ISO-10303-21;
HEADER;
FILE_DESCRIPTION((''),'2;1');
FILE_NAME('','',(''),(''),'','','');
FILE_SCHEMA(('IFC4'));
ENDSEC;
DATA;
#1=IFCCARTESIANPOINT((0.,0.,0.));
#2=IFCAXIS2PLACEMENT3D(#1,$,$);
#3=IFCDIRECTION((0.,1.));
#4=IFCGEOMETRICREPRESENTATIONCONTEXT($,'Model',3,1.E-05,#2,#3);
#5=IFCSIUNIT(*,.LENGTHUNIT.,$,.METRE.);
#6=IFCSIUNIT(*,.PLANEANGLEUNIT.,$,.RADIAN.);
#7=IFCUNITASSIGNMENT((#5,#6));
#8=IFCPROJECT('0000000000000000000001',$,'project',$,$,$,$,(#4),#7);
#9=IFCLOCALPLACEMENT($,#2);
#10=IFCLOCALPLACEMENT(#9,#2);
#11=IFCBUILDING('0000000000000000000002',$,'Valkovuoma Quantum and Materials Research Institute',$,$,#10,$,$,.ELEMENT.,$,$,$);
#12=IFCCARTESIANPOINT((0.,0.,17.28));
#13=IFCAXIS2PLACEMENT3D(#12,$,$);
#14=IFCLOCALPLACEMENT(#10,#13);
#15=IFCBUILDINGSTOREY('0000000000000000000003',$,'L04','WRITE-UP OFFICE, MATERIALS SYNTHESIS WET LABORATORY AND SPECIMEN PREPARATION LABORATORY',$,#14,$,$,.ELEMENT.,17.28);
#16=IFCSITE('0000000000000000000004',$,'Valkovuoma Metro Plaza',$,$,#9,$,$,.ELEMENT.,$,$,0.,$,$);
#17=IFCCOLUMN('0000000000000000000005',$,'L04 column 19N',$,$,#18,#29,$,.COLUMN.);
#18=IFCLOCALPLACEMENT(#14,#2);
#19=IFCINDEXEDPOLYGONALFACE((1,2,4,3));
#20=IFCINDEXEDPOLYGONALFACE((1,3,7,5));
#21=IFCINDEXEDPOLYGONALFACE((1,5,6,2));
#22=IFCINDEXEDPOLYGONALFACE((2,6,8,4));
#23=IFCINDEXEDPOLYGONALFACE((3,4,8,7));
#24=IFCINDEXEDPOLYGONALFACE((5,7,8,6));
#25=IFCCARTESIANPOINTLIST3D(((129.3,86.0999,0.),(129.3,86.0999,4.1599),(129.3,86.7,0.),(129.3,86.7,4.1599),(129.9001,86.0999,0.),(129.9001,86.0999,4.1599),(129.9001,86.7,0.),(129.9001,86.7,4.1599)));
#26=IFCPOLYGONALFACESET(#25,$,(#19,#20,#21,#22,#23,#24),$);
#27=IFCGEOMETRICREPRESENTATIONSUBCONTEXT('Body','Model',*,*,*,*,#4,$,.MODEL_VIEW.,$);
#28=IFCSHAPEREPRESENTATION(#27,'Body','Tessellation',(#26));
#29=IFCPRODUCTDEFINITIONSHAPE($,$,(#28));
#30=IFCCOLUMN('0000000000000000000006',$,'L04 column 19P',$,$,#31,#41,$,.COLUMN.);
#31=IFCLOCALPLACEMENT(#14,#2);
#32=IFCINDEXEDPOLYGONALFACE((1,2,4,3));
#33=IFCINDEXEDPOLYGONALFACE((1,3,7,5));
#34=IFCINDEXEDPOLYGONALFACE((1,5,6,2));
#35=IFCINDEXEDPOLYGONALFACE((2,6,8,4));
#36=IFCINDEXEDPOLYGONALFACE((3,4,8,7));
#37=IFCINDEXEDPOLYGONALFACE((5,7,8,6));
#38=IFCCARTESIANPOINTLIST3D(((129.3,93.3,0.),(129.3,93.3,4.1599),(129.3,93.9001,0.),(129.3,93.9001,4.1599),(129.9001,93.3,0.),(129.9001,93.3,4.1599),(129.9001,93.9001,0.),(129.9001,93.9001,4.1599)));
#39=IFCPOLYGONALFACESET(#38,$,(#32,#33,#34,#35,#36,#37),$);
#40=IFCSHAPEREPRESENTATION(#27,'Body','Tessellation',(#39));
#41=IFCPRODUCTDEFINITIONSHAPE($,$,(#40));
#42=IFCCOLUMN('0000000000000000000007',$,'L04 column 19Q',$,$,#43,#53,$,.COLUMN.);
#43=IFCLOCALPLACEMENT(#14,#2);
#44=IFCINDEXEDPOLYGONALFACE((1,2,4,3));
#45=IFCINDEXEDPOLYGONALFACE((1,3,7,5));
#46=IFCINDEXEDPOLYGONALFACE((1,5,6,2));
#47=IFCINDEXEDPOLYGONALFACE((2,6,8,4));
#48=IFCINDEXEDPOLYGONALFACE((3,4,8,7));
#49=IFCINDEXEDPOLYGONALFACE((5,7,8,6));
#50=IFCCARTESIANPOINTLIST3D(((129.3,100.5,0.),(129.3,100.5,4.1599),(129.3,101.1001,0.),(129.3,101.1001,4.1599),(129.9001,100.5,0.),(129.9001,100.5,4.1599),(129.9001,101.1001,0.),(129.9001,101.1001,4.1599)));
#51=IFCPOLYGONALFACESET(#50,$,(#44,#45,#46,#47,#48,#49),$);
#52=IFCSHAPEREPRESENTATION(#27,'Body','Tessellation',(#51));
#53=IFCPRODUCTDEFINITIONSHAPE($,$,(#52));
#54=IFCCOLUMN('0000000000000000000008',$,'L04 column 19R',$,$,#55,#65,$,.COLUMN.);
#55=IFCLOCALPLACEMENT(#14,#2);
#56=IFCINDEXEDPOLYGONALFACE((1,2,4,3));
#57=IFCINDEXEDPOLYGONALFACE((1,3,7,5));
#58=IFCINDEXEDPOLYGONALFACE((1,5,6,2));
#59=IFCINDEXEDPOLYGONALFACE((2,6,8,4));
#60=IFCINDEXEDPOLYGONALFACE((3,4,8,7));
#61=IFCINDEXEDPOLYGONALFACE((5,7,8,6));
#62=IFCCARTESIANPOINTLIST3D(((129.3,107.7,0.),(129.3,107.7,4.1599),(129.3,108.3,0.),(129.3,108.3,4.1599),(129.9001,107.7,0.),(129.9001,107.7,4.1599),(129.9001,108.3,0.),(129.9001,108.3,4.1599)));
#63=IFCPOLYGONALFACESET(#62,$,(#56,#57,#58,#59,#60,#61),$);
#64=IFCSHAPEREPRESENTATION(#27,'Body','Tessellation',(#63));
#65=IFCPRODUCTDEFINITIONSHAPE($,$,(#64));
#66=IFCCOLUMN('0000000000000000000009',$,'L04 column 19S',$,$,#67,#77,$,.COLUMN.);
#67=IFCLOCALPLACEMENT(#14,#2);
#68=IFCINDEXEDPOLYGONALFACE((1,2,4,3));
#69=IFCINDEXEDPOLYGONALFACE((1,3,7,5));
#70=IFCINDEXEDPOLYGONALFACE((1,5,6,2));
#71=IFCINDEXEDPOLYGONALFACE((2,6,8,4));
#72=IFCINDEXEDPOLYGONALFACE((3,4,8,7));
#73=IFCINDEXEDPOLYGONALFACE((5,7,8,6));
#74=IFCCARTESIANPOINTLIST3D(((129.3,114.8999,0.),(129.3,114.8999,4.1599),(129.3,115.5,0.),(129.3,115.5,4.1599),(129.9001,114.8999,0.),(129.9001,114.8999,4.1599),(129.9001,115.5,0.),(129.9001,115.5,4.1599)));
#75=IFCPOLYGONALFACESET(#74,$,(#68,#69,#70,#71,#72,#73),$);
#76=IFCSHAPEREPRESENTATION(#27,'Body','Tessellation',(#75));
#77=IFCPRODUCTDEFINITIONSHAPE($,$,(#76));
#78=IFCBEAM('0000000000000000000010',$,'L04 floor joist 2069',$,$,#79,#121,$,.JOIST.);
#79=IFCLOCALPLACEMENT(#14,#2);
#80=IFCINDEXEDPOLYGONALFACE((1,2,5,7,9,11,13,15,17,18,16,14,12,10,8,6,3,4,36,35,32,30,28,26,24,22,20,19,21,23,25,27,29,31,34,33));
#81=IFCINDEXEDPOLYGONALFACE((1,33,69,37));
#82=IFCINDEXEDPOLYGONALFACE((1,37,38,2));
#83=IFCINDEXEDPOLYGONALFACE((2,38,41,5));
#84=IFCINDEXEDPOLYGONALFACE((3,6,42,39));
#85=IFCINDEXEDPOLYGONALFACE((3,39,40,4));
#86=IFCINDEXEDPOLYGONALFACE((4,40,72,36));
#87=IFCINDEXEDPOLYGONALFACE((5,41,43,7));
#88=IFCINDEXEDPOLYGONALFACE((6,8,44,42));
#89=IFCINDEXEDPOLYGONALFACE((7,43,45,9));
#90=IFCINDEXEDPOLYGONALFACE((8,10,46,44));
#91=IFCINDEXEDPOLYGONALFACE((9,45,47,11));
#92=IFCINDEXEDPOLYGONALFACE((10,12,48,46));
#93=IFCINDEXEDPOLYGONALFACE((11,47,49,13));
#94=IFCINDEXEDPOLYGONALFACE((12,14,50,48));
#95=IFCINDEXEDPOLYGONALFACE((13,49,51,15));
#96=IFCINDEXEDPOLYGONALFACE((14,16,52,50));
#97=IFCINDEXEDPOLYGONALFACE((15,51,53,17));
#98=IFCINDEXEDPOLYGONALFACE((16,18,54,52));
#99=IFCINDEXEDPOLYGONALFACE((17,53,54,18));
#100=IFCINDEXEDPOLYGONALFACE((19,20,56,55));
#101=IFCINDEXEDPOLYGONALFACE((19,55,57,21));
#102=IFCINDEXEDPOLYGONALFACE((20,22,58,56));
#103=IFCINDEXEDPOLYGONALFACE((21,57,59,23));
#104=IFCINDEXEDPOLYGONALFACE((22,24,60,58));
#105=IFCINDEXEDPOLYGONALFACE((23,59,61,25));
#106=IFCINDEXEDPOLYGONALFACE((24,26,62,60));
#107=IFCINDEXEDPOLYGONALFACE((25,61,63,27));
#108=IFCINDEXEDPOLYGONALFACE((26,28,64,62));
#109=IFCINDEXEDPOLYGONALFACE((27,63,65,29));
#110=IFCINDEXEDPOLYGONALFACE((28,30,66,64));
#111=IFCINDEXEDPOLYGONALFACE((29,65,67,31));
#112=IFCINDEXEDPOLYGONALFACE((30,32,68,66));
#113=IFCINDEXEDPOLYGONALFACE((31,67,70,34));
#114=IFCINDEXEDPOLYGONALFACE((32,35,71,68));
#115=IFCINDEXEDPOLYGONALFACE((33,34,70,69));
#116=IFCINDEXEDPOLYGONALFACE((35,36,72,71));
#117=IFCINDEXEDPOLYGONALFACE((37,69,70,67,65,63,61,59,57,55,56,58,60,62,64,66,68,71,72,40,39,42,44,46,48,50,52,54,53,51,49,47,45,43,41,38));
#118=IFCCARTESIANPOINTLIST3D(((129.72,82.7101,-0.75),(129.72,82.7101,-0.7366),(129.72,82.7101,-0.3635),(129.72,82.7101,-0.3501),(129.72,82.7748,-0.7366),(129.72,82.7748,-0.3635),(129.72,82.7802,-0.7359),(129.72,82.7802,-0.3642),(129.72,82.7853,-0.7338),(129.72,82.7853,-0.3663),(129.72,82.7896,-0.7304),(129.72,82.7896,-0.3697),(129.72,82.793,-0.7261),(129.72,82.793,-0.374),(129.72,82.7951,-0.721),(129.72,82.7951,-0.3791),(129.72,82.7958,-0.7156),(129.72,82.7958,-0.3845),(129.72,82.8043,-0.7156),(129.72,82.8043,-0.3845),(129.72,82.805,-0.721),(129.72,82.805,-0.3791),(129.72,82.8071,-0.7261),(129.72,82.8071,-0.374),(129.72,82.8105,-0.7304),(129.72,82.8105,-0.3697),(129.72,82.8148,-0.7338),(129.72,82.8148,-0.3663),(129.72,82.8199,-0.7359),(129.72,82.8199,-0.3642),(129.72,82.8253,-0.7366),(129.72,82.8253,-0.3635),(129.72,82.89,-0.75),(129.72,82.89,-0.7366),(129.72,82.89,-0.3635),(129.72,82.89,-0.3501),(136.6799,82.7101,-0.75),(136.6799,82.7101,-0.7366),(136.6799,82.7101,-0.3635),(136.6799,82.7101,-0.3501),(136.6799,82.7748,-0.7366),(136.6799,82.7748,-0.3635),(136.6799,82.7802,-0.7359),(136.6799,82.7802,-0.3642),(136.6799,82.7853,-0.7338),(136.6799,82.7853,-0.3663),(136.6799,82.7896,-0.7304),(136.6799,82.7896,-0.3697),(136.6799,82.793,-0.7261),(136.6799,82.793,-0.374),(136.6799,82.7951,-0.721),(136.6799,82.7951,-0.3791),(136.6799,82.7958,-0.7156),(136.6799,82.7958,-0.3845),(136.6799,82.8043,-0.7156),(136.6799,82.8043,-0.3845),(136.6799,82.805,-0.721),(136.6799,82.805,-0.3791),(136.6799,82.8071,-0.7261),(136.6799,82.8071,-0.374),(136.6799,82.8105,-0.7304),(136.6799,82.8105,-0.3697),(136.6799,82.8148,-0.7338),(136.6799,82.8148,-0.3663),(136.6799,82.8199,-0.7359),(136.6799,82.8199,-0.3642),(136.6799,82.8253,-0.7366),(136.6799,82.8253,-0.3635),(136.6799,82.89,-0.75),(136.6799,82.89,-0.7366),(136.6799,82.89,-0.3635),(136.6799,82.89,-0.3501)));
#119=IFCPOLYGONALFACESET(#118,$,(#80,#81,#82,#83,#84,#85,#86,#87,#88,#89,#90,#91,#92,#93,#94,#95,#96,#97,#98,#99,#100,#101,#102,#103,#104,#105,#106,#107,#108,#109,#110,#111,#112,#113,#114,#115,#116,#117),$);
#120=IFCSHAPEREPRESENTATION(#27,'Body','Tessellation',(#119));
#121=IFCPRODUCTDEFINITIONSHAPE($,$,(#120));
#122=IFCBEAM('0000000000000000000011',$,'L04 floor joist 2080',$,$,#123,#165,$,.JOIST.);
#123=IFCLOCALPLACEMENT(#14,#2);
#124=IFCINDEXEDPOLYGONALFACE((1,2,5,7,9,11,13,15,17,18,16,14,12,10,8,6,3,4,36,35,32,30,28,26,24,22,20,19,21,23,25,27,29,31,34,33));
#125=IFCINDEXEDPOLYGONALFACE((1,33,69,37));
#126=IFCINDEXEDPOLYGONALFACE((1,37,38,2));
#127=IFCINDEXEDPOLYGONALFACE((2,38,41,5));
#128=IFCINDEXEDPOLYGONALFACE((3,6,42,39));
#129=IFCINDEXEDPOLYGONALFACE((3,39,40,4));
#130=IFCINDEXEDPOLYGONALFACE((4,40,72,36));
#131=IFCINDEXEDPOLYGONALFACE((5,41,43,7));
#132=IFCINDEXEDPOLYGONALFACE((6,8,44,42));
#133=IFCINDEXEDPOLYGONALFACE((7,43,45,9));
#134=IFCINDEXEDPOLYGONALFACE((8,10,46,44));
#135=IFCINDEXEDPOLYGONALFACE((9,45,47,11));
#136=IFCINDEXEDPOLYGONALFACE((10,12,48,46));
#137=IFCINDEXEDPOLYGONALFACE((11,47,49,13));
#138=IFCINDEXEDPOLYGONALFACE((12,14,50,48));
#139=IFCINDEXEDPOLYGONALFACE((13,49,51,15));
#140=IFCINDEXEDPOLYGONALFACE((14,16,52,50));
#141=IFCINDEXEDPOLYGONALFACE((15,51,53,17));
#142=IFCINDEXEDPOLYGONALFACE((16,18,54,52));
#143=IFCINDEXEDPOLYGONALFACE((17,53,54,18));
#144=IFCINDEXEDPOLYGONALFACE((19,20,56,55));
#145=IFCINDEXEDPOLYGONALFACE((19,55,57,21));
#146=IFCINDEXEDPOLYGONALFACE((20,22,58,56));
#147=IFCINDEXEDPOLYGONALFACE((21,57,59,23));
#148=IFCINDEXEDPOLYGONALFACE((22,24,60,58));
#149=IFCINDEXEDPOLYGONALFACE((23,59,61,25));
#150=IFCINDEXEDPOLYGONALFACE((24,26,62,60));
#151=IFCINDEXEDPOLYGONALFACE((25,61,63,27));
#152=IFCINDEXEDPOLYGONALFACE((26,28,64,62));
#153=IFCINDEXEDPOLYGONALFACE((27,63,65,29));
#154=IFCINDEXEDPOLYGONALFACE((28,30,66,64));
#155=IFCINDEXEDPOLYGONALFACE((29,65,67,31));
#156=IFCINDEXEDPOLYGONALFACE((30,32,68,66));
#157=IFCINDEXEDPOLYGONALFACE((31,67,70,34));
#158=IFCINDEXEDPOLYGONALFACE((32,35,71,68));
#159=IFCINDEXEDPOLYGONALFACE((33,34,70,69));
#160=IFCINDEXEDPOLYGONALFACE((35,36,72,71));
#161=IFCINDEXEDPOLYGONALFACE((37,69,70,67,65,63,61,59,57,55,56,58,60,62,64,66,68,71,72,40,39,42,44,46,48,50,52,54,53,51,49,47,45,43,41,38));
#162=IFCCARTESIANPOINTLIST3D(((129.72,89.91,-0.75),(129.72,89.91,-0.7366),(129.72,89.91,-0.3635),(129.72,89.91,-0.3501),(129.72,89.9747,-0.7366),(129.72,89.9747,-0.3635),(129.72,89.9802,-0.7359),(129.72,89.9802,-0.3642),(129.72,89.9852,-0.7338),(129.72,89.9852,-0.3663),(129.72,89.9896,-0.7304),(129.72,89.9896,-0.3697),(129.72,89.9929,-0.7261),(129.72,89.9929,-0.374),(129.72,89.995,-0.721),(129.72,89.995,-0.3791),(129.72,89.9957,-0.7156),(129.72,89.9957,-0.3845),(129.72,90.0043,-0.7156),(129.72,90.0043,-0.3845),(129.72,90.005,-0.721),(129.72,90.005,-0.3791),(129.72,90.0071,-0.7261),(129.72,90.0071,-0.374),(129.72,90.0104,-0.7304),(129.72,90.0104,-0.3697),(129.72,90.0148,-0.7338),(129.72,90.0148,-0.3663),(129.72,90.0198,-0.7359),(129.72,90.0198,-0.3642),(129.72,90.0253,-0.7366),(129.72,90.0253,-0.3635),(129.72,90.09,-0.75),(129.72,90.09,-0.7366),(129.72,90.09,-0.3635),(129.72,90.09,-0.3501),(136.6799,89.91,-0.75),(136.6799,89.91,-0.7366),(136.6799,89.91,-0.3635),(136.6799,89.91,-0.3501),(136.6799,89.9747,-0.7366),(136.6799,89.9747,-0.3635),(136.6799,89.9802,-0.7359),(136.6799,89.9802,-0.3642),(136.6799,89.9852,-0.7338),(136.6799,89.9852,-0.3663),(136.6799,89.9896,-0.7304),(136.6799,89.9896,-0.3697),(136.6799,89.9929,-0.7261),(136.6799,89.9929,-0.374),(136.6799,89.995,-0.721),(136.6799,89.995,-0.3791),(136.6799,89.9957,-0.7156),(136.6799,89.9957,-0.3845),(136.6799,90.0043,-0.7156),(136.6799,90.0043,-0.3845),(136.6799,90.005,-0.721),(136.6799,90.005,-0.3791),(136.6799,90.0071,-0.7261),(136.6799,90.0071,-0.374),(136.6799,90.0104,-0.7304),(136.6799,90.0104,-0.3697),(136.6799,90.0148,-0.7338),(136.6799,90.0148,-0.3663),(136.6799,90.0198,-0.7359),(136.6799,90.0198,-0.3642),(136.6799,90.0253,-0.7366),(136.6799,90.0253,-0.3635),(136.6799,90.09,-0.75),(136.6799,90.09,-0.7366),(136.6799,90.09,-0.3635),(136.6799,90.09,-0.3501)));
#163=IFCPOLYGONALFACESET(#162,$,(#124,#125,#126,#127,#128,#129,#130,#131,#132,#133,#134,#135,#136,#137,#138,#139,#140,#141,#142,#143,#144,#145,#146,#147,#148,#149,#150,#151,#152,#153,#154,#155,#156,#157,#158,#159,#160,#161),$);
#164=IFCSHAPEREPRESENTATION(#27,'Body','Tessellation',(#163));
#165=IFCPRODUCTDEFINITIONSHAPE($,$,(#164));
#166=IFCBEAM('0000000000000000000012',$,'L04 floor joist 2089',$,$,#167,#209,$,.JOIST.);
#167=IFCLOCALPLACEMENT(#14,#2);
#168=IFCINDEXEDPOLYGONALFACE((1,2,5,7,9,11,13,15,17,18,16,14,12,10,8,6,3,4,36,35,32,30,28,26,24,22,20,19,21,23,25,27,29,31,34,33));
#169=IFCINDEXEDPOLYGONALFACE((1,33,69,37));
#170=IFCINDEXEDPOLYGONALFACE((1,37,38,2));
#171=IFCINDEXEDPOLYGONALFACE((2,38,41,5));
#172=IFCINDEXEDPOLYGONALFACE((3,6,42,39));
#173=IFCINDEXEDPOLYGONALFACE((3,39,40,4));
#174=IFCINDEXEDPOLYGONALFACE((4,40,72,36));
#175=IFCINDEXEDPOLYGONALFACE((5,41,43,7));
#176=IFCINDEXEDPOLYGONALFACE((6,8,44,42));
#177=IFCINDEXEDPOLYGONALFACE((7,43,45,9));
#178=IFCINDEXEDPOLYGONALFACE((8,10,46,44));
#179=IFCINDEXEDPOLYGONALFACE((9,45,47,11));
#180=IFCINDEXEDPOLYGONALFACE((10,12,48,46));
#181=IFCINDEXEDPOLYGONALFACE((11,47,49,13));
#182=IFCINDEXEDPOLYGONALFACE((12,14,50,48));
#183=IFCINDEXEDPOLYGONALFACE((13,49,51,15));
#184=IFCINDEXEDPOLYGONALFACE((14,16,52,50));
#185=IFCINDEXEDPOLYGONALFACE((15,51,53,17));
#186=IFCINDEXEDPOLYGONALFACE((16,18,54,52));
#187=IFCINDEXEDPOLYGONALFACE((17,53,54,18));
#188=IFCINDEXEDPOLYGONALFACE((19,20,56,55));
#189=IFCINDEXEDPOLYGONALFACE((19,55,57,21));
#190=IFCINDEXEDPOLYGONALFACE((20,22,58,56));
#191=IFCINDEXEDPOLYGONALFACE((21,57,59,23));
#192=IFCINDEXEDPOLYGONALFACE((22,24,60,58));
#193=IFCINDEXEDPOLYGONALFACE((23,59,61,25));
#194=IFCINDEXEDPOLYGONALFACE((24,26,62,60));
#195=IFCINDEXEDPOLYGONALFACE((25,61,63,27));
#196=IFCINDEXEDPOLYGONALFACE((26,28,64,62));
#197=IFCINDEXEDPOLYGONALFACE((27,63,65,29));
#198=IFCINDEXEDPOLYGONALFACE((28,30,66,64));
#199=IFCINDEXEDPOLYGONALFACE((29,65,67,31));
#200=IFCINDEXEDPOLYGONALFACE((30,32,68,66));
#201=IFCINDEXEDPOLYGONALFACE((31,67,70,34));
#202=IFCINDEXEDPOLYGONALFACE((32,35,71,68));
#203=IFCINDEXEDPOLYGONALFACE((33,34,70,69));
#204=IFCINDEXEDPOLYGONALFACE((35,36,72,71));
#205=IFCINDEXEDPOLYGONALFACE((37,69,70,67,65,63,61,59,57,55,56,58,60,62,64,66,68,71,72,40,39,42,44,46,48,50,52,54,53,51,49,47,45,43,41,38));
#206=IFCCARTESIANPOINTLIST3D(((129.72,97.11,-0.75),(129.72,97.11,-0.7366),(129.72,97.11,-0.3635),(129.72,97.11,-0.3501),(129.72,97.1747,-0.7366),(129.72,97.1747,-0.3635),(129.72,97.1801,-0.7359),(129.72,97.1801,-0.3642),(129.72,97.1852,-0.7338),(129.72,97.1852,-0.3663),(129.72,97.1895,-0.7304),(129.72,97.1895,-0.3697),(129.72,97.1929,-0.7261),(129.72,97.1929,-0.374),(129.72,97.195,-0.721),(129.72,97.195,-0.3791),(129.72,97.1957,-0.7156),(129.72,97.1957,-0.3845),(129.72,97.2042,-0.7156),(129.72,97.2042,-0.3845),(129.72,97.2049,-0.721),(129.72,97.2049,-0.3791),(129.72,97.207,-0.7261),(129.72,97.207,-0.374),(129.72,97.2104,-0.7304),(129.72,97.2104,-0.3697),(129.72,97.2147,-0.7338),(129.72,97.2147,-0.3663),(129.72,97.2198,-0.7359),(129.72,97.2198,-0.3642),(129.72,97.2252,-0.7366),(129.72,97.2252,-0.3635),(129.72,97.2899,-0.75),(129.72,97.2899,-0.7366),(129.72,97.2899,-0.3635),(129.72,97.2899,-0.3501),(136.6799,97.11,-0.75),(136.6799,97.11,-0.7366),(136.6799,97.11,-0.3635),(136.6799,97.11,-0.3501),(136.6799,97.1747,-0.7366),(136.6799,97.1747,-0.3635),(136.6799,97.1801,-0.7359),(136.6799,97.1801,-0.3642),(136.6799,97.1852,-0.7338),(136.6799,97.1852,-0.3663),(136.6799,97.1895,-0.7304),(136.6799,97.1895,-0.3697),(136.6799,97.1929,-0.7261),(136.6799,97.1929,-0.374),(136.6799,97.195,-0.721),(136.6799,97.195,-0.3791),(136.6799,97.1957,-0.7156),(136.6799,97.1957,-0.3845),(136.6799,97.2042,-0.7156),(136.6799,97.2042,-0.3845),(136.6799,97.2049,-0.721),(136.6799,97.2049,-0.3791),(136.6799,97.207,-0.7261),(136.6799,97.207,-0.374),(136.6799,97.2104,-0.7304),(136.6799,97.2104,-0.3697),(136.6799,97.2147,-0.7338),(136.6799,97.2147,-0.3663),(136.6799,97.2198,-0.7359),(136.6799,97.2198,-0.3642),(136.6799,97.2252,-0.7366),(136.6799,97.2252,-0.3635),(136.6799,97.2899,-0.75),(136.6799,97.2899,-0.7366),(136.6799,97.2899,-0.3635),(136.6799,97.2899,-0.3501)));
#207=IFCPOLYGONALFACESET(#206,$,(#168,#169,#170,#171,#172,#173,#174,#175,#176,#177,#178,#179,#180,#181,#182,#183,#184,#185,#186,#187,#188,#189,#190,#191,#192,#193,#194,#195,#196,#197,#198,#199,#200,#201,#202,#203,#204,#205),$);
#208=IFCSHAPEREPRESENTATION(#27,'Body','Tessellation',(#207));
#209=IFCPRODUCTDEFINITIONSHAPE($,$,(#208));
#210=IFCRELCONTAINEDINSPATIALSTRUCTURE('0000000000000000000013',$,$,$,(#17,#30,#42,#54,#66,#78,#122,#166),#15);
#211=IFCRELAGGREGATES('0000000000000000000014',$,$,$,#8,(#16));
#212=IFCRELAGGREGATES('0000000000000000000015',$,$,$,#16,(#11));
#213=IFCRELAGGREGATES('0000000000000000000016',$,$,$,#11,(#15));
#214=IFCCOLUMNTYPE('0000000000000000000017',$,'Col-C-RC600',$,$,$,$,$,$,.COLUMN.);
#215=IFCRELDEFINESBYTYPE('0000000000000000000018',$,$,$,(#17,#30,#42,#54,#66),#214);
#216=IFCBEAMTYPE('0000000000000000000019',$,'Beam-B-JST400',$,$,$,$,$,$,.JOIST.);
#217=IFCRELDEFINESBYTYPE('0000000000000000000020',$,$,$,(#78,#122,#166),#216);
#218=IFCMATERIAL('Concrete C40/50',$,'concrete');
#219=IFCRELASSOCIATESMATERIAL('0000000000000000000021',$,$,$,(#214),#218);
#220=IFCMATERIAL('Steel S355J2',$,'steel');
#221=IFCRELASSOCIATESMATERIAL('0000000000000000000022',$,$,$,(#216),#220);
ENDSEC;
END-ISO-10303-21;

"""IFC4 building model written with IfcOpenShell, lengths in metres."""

from ifc_helpers import new_model, si_unit, direction, frame, origin, origin_2d, place, context, subcontext, project, spatial, rectangle, i_section, extrude, material, material_profile, profile_set, type_object, element, save


model = new_model("IFC4")

# Units and contexts
model_context = context("Model", 3, precision=1e-05, world=origin(), true_north=direction((0.0, 1.0)))
body_context = subcontext(model_context, "Body", "Model", "MODEL_VIEW")
ifc_project = project(units=[si_unit("LENGTHUNIT", "METRE"), si_unit("PLANEANGLEUNIT", "RADIAN")], contexts=[model_context])

# Site, building, storey
site_placement = place(None, origin())
site = spatial("IfcSite", under=ifc_project, at=site_placement, Name="Valkovuoma Metro Plaza", CompositionType="ELEMENT", RefElevation=0.0)
building_placement = place(site_placement, origin())
building = spatial("IfcBuilding", under=site, at=building_placement, Name="Valkovuoma Quantum and Materials Research Institute", CompositionType="ELEMENT")
storey_placement = place(building_placement, frame((0.0, 0.0, 17.28)))
storey = spatial("IfcBuildingStorey", under=building, at=storey_placement, Name="L04", Description="WRITE-UP OFFICE, MATERIALS SYNTHESIS WET LABORATORY AND SPECIMEN PREPARATION LABORATORY", CompositionType="ELEMENT", Elevation=17.28)

# Columns
ifc_material_1 = material(Name="Concrete C40/50", Category="concrete")
ifc_material_profile_1 = material_profile(ifc_material_1, rectangle(XDim=0.6001, YDim=0.6001, at=origin_2d()), Name="Concrete C40/50")
ifc_profile_set_1 = profile_set([ifc_material_profile_1], Name="Concrete C40/50")
column_type = type_object("IfcColumnType", Name="Col-C-RC600", PredefinedType="COLUMN", material=ifc_profile_set_1)
for number, where, z_axis, x_axis, name in (
    (1, (129.6001, 86.3999, 0.0), (0.0, 0.0, 1.0), (1.0, 0.0, 0.0), "L04 column 19N"),
    (2, (129.6001, 93.6001, 0.0), (0.0, 0.0, 1.0), (1.0, 0.0, 0.0), "L04 column 19P"),
    (3, (129.6001, 100.8, 0.0), (0.0, 0.0, 1.0), (1.0, 0.0, 0.0), "L04 column 19Q"),
    (4, (129.6001, 108.0, 0.0), (0.0, 0.0, 1.0), (1.0, 0.0, 0.0), "L04 column 19R"),
    (5, (129.6001, 115.2, 0.0), (0.0, 0.0, 1.0), (1.0, 0.0, 0.0), "L04 column 19S"),
):
    element("IfcColumn", number, at=place(storey_placement, frame(where, z_axis=z_axis, x_axis=x_axis)), inside=storey, type_object=column_type, Name=name, PredefinedType="COLUMN", context=body_context, shape_type="SweptSolid", body=[
        extrude(rectangle(XDim=0.6001, YDim=0.6001, at=origin_2d()), origin(), (0.0, 0.0, 1.0), 4.1599),
    ])

# Beams
ifc_material_2 = material(Name="Steel S355J2", Category="steel")
ifc_material_profile_2 = material_profile(ifc_material_2, i_section(OverallWidth=0.1799, OverallDepth=0.3999, WebThickness=0.0085, FlangeThickness=0.0134, FilletRadius=0.021, at=origin_2d()), Name="Steel S355J2")
ifc_profile_set_2 = profile_set([ifc_material_profile_2], Name="Steel S355J2")
beam_type_1 = type_object("IfcBeamType", Name="Beam-B-JST400", PredefinedType="JOIST", material=ifc_profile_set_2)
for number, where, z_axis, x_axis, name in (
    (6, (129.72, 82.8, -0.55), (1.0, 0.0, 0.0), (0.0, 1.0, 0.0), "L04 floor joist 2069"),
    (7, (129.72, 90.0, -0.55), (1.0, 0.0, 0.0), (0.0, 1.0, 0.0), "L04 floor joist 2080"),
    (8, (129.72, 97.2, -0.55), (1.0, 0.0, 0.0), (0.0, 1.0, 0.0), "L04 floor joist 2089"),
):
    element("IfcBeam", number, at=place(storey_placement, frame(where, z_axis=z_axis, x_axis=x_axis)), inside=storey, type_object=beam_type_1, Name=name, PredefinedType="JOIST", context=body_context, shape_type="SweptSolid", body=[
        extrude(i_section(OverallWidth=0.1799, OverallDepth=0.3999, WebThickness=0.0085, FlangeThickness=0.0134, FilletRadius=0.021, at=origin_2d()), origin(), (0.0, 0.0, 1.0), 6.96),
    ])

save(model, "model.ifc")
